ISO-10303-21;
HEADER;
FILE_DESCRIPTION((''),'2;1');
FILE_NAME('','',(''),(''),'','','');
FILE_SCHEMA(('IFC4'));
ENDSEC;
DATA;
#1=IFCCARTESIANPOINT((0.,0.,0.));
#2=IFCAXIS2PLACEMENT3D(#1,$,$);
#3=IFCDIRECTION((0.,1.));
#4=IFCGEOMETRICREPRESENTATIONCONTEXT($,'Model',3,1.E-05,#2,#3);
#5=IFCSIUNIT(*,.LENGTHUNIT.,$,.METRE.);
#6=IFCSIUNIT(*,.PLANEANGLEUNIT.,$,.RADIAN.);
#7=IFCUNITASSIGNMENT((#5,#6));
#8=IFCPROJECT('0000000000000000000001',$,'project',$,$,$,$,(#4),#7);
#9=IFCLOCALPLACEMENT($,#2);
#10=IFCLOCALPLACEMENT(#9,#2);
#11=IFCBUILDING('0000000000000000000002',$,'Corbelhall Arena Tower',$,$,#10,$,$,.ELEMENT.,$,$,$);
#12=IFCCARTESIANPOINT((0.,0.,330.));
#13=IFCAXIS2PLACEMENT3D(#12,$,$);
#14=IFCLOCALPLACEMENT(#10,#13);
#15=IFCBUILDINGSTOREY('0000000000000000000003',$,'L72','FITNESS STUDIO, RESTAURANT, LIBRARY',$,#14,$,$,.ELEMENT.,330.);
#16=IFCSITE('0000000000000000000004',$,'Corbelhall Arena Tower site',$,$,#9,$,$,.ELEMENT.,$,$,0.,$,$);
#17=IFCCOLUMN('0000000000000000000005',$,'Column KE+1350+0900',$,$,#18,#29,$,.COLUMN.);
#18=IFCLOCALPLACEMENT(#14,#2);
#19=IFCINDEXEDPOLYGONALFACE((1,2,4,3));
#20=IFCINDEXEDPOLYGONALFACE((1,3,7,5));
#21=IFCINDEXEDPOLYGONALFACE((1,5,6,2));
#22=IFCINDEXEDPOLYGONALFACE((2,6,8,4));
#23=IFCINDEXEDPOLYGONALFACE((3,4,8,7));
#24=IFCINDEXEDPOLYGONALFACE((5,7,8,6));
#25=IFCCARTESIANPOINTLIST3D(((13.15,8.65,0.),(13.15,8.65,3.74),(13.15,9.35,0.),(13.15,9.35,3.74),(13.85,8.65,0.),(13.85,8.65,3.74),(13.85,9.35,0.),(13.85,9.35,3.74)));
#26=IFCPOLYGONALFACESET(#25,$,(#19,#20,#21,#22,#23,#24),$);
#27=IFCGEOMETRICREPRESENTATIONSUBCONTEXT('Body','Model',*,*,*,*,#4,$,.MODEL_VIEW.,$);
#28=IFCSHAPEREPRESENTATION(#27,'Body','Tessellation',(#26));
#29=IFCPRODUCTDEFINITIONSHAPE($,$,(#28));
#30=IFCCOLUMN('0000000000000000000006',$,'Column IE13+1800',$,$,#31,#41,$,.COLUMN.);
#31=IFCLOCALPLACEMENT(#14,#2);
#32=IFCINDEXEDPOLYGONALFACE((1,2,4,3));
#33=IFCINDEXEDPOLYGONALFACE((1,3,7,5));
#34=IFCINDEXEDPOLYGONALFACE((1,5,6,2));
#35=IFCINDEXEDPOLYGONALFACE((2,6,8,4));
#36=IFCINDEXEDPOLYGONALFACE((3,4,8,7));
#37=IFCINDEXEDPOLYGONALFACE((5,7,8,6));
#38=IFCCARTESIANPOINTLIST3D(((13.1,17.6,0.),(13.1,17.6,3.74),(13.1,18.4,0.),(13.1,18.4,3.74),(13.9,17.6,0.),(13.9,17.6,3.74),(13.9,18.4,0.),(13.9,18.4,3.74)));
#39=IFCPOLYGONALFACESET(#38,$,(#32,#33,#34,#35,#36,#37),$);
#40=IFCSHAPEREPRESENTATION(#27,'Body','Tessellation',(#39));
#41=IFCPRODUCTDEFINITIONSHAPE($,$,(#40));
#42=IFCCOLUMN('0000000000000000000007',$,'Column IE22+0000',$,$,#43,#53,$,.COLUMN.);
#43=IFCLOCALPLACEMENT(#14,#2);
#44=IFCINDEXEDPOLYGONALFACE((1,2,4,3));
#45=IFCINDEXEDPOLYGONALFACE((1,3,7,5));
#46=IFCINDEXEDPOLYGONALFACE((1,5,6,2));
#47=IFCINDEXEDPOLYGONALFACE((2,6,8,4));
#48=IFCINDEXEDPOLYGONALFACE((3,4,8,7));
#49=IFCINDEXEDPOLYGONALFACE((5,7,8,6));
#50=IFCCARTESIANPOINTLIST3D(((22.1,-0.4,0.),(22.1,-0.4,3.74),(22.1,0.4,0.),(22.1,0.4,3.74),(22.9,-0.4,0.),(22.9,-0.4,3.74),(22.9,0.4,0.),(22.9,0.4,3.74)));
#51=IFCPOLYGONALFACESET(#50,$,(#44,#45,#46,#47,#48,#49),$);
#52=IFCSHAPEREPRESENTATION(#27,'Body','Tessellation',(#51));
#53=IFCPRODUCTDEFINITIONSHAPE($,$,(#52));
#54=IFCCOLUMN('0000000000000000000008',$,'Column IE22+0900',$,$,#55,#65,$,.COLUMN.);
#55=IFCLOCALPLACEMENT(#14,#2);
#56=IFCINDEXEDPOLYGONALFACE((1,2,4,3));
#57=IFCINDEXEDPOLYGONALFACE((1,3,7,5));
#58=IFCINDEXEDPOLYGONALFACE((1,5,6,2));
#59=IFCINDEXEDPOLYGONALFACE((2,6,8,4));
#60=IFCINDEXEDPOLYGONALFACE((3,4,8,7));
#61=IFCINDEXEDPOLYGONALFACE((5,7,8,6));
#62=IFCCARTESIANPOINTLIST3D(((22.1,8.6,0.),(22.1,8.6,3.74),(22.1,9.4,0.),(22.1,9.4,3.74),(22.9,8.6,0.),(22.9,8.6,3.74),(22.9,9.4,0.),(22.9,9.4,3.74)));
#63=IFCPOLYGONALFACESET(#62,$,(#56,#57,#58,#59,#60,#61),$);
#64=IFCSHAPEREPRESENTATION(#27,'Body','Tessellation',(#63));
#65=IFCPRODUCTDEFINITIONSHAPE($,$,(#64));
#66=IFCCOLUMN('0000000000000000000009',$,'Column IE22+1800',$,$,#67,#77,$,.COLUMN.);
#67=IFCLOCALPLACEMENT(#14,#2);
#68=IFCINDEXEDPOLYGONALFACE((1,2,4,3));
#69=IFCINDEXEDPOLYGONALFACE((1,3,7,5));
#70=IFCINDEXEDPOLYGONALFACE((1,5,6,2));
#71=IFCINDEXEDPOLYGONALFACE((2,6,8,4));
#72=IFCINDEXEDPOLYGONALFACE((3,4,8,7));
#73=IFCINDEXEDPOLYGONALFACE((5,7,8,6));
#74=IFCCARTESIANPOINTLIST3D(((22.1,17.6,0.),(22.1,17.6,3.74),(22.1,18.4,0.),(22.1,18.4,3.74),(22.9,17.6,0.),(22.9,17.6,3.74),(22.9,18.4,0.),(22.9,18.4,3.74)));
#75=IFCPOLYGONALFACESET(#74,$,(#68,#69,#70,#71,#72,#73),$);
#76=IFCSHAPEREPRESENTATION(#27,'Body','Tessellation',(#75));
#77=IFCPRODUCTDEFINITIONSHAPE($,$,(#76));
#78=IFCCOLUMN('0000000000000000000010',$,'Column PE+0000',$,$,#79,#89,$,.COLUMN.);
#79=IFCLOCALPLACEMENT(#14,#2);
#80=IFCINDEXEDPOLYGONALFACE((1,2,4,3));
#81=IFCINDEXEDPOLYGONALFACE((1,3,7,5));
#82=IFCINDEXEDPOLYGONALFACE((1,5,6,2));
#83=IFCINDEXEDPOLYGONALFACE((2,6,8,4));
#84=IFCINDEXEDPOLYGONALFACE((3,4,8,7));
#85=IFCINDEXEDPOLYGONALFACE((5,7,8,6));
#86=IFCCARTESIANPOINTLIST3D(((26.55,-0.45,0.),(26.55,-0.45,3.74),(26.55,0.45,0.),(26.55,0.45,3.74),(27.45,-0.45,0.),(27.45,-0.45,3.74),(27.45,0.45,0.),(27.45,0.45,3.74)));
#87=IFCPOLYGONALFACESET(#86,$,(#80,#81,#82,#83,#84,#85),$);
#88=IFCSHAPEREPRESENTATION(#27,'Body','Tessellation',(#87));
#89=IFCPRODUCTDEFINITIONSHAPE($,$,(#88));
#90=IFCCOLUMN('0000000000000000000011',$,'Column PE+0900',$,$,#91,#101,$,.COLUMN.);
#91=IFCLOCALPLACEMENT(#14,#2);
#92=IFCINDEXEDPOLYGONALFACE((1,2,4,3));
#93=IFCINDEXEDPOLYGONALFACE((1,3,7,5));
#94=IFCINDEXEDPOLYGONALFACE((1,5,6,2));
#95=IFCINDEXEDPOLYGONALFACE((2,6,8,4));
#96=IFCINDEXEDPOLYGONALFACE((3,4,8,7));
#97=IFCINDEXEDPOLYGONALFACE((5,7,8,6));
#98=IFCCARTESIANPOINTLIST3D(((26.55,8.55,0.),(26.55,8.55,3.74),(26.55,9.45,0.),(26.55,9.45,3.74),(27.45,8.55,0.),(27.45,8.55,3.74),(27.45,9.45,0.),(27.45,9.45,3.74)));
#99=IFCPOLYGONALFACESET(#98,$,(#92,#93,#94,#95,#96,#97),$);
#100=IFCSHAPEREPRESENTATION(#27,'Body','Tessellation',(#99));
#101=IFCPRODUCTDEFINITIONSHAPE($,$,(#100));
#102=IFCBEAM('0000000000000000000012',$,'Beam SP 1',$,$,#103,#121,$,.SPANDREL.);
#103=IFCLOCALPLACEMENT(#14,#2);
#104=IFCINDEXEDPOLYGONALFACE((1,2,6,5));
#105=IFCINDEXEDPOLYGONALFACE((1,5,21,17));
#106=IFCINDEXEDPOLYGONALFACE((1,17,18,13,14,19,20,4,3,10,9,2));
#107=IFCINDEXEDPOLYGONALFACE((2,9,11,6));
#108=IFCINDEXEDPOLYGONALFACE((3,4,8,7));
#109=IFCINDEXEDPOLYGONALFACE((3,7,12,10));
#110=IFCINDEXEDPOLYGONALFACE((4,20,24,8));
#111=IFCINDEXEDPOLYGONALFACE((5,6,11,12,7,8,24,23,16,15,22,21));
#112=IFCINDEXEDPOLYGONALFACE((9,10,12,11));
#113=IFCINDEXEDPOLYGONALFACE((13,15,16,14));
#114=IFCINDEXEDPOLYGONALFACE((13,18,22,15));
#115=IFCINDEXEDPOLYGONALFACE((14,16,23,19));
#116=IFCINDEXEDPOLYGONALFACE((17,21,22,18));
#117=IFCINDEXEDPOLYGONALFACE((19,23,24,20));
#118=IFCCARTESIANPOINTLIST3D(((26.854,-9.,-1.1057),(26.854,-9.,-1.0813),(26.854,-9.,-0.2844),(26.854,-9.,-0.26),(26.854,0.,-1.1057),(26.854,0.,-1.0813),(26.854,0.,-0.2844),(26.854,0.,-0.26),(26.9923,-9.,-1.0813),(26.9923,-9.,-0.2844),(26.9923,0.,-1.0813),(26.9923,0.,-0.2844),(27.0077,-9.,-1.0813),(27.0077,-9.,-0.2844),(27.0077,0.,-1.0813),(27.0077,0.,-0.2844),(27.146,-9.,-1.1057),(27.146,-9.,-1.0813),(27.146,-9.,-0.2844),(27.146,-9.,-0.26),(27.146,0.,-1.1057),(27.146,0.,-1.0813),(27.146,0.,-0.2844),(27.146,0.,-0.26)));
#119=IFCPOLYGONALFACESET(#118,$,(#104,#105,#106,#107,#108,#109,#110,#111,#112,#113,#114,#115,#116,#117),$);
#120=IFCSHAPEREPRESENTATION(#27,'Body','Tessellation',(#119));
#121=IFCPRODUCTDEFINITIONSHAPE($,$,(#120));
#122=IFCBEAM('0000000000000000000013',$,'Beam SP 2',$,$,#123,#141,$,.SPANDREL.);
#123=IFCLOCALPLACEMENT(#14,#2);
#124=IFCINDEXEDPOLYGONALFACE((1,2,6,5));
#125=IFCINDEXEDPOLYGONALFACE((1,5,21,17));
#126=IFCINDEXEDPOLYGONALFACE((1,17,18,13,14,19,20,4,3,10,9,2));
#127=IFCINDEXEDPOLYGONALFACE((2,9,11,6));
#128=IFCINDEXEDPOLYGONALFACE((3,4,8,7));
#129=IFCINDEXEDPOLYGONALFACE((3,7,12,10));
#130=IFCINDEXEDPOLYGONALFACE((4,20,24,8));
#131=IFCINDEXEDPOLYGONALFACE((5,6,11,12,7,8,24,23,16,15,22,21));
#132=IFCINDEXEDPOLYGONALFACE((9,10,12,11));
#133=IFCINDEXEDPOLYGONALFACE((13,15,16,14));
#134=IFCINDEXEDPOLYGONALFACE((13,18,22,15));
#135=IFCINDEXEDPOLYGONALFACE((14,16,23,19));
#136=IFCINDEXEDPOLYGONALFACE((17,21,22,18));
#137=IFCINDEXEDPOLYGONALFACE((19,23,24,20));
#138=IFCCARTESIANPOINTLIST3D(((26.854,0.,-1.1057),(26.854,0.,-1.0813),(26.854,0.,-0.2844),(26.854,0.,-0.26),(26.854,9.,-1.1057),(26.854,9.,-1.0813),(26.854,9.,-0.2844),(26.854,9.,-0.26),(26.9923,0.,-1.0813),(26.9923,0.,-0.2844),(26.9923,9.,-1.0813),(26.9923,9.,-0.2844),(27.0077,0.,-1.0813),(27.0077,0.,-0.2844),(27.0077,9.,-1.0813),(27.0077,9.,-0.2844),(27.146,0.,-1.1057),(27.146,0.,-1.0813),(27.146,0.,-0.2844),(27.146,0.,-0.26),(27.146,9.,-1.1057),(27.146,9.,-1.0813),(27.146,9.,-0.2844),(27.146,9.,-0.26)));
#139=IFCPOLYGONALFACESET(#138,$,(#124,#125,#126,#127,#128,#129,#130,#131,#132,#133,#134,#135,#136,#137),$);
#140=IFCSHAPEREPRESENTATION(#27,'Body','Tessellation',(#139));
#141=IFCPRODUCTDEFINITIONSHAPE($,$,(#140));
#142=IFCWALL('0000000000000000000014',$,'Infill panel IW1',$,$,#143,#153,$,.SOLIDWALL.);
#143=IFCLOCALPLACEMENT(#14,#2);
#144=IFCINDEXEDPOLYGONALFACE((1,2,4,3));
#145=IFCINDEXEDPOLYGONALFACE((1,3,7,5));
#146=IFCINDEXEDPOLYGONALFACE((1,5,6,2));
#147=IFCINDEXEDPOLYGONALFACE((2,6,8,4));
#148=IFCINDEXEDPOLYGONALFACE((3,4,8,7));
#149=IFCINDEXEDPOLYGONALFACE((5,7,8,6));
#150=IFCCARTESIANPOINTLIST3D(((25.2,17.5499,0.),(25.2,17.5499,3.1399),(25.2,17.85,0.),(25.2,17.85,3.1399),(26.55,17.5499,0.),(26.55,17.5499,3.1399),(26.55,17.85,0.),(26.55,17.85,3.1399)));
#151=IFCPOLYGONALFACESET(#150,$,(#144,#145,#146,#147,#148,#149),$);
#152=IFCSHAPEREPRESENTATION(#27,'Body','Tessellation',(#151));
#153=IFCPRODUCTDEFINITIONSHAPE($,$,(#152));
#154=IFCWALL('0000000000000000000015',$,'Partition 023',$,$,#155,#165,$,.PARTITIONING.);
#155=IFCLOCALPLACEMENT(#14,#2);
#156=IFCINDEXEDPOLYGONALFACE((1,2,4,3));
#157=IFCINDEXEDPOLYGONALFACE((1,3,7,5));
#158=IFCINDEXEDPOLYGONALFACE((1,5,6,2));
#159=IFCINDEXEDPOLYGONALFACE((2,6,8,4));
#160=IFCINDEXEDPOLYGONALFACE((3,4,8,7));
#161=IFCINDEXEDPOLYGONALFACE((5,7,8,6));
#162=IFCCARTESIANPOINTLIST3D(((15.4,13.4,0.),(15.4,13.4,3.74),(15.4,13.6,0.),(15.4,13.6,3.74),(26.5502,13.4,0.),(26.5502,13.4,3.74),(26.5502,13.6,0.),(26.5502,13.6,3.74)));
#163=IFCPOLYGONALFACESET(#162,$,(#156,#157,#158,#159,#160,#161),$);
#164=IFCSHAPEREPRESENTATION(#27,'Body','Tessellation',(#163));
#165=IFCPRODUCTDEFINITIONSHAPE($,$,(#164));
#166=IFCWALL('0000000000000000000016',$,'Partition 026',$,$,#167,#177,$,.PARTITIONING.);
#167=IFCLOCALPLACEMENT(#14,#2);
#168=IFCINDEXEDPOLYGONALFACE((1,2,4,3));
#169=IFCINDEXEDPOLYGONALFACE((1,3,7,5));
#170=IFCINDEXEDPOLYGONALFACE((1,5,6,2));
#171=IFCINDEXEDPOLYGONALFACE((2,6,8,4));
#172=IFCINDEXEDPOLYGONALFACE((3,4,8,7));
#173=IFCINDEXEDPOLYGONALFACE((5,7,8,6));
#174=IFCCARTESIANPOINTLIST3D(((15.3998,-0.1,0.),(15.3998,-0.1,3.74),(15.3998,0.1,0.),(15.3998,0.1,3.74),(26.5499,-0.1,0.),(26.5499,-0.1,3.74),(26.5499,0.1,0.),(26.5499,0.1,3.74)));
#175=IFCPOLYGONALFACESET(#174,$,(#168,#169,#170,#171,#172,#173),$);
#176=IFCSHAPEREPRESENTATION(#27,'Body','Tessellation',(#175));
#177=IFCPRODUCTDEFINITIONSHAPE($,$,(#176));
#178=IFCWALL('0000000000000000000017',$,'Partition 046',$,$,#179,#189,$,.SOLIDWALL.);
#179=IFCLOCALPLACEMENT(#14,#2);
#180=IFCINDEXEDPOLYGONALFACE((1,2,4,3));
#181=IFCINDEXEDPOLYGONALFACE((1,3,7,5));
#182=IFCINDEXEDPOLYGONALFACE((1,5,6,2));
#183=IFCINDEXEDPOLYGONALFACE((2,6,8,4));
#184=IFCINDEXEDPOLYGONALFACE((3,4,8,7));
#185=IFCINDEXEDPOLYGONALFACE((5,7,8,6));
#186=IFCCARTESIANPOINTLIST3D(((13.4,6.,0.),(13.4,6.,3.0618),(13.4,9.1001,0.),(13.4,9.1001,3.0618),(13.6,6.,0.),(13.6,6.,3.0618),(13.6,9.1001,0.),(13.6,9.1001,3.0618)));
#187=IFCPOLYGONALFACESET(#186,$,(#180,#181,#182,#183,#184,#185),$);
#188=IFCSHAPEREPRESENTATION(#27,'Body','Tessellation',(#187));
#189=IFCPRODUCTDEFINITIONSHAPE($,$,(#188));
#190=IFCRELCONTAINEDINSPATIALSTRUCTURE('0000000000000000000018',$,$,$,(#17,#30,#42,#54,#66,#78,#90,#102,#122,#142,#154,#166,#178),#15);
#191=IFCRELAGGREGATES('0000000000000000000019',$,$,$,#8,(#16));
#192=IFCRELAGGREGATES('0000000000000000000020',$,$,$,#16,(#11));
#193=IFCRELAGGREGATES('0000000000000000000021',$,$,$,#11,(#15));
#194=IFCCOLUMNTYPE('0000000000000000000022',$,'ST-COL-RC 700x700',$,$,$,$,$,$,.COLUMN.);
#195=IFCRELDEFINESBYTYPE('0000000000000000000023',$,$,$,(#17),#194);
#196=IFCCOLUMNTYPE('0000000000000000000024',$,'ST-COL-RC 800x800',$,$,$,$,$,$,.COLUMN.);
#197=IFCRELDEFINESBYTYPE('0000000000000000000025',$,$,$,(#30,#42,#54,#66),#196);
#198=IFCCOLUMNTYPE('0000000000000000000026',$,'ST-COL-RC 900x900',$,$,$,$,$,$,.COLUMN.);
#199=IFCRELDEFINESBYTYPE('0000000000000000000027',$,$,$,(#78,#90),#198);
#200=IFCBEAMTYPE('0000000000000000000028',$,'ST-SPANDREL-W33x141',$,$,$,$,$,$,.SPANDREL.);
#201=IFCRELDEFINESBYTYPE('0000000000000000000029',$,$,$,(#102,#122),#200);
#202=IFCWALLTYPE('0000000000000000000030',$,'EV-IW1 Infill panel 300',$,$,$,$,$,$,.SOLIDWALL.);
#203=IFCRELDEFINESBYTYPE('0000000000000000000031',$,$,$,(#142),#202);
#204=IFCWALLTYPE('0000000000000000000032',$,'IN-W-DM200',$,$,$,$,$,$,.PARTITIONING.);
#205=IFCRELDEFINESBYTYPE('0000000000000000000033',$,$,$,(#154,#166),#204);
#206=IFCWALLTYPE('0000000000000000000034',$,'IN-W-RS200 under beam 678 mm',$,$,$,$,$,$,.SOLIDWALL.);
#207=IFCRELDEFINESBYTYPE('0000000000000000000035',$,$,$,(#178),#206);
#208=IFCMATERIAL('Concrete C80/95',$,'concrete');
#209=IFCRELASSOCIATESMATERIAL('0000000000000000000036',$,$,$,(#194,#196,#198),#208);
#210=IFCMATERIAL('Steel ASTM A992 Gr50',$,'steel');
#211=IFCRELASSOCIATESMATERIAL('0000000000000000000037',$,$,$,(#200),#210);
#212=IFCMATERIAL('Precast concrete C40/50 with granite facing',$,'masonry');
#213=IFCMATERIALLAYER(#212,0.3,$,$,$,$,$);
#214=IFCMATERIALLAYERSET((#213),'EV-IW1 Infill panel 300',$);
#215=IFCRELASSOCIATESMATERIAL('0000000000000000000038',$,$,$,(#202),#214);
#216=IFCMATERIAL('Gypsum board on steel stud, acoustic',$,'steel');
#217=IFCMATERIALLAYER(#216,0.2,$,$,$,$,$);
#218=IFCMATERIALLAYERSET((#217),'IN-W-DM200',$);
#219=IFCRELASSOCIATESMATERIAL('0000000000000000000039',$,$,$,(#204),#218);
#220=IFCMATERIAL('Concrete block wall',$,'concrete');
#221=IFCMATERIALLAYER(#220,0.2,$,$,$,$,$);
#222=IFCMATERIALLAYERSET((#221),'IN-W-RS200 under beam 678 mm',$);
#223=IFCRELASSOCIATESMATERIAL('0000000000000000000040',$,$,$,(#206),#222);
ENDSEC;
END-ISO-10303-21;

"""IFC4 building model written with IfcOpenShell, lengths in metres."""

from ifc_helpers import new_model, si_unit, direction, frame, frame_2d, origin, origin_2d, place, context, subcontext, project, spatial, rectangle, i_section, extrude, material, layer, layer_set, material_profile, profile_set, type_object, element, save


model = new_model("IFC4")

# Units and contexts
model_context = context("Model", 3, precision=1e-05, world=origin(), true_north=direction((0.0, 1.0)))
body_context = subcontext(model_context, "Body", "Model", "MODEL_VIEW")
ifc_project = project(units=[si_unit("LENGTHUNIT", "METRE"), si_unit("PLANEANGLEUNIT", "RADIAN")], contexts=[model_context])

# Site, building, storey
site_placement = place(None, origin())
site = spatial("IfcSite", under=ifc_project, at=site_placement, Name="Corbelhall Arena Tower site", CompositionType="ELEMENT", RefElevation=0.0)
building_placement = place(site_placement, origin())
building = spatial("IfcBuilding", under=site, at=building_placement, Name="Corbelhall Arena Tower", CompositionType="ELEMENT")
storey_placement = place(building_placement, frame((0.0, 0.0, 330.0)))
storey = spatial("IfcBuildingStorey", under=building, at=storey_placement, Name="L72", Description="FITNESS STUDIO, RESTAURANT, LIBRARY", CompositionType="ELEMENT", Elevation=330.0)

# Columns
ifc_material_1 = material(Name="Concrete C80/95", Category="concrete")
ifc_material_profile_1 = material_profile(ifc_material_1, rectangle(XDim=0.7, YDim=0.7, at=origin_2d()))
ifc_profile_set_1 = profile_set([ifc_material_profile_1], Name="Concrete C80/95")
column_type_1 = type_object("IfcColumnType", Name="ST-COL-RC 700x700", PredefinedType="COLUMN", material=ifc_profile_set_1)
column_placement = place(storey_placement, frame((13.5, 9.0, 0.0), z_axis=(0.0, 0.0, 1.0), x_axis=(1.0, 0.0, 0.0)))
element("IfcColumn", 1, at=column_placement, inside=storey, type_object=column_type_1, Name="Column KE+1350+0900", PredefinedType="COLUMN", context=body_context, shape_type="SweptSolid", body=[
    extrude(rectangle(XDim=0.7, YDim=0.7, at=origin_2d()), origin(), (0.0, 0.0, 1.0), 3.74),
])
ifc_material_profile_2 = material_profile(ifc_material_1, rectangle(XDim=0.8, YDim=0.8, at=origin_2d()))
ifc_profile_set_2 = profile_set([ifc_material_profile_2], Name="Concrete C80/95")
column_type_2 = type_object("IfcColumnType", Name="ST-COL-RC 800x800", PredefinedType="COLUMN", material=ifc_profile_set_2)
for number, where, z_axis, x_axis, name in (
    (2, (13.5, 18.0, 0.0), (0.0, 0.0, 1.0), (1.0, 0.0, 0.0), "Column IE13+1800"),
    (3, (22.5, 0.0, 0.0), (0.0, 0.0, 1.0), (1.0, 0.0, 0.0), "Column IE22+0000"),
    (4, (22.5, 9.0, 0.0), (0.0, 0.0, 1.0), (1.0, 0.0, 0.0), "Column IE22+0900"),
    (5, (22.5, 18.0, 0.0), (0.0, 0.0, 1.0), (1.0, 0.0, 0.0), "Column IE22+1800"),
):
    element("IfcColumn", number, at=place(storey_placement, frame(where, z_axis=z_axis, x_axis=x_axis)), inside=storey, type_object=column_type_2, Name=name, PredefinedType="COLUMN", context=body_context, shape_type="SweptSolid", body=[
        extrude(rectangle(XDim=0.8, YDim=0.8, at=origin_2d()), origin(), (0.0, 0.0, 1.0), 3.74),
    ])
ifc_material_profile_3 = material_profile(ifc_material_1, rectangle(XDim=0.8999, YDim=0.8999, at=origin_2d()))
ifc_profile_set_3 = profile_set([ifc_material_profile_3], Name="Concrete C80/95")
column_type_3 = type_object("IfcColumnType", Name="ST-COL-RC 900x900", PredefinedType="COLUMN", material=ifc_profile_set_3)
for number, where, z_axis, x_axis, name in (
    (6, (27.0, 0.0, 0.0), (0.0, 0.0, 1.0), (0.0, 1.0, 0.0), "Column PE+0000"),
    (7, (27.0, 9.0, 0.0), (0.0, 0.0, 1.0), (0.0, 1.0, 0.0), "Column PE+0900"),
):
    element("IfcColumn", number, at=place(storey_placement, frame(where, z_axis=z_axis, x_axis=x_axis)), inside=storey, type_object=column_type_3, Name=name, PredefinedType="COLUMN", context=body_context, shape_type="SweptSolid", body=[
        extrude(rectangle(XDim=0.8999, YDim=0.8999, at=origin_2d()), origin(), (0.0, 0.0, 1.0), 3.74),
    ])

# Beams
ifc_material_2 = material(Name="Steel ASTM A992 Gr50", Category="steel")
ifc_material_profile_4 = material_profile(ifc_material_2, i_section(OverallWidth=0.292, OverallDepth=0.8457, WebThickness=0.0154, FlangeThickness=0.0244, at=origin_2d()))
ifc_profile_set_4 = profile_set([ifc_material_profile_4], Name="Steel ASTM A992 Gr50")
beam_type = type_object("IfcBeamType", Name="ST-SPANDREL-W33x141", PredefinedType="SPANDREL", material=ifc_profile_set_4)
for number, where, z_axis, x_axis, name in (
    (8, (27.0, 0.0, -0.6829), (0.0, -1.0, 0.0), (1.0, 0.0, 0.0), "Beam SP 1"),
    (9, (27.0, 9.0, -0.6829), (0.0, -1.0, 0.0), (1.0, 0.0, 0.0), "Beam SP 2"),
):
    element("IfcBeam", number, at=place(storey_placement, frame(where, z_axis=z_axis, x_axis=x_axis)), inside=storey, type_object=beam_type, Name=name, PredefinedType="SPANDREL", context=body_context, shape_type="SweptSolid", body=[
        extrude(i_section(OverallWidth=0.292, OverallDepth=0.8457, WebThickness=0.0154, FlangeThickness=0.0244, at=origin_2d()), origin(), (0.0, 0.0, 1.0), 9.0),
    ])

# Shared definitions
ifc_material_3 = material(Name="Precast concrete C40/50 with granite facing", Category="masonry")
ifc_layer_1 = layer(ifc_material_3, 0.3)
ifc_layer_set_1 = layer_set([ifc_layer_1], Name="EV-IW1 Infill panel 300")
wall_type_1 = type_object("IfcWallType", Name="EV-IW1 Infill panel 300", PredefinedType="SOLIDWALL", material=ifc_layer_set_1)

# Wall
wall_1_placement = place(storey_placement, frame((26.55, 17.7, 0.0), z_axis=(0.0, 0.0, 1.0), x_axis=(-1.0, 0.0, 0.0)))
element("IfcWall", 10, at=wall_1_placement, inside=storey, type_object=wall_type_1, Name="Infill panel IW1", PredefinedType="SOLIDWALL", context=body_context, shape_type="SweptSolid", body=[
    extrude(rectangle(XDim=1.3501, YDim=0.3, at=frame_2d((0.675, 0.0))), origin(), (0.0, 0.0, 1.0), 3.1399),
])

# Shared definitions
ifc_material_4 = material(Name="Gypsum board on steel stud, acoustic", Category="steel")
ifc_layer_2 = layer(ifc_material_4, 0.2)
ifc_layer_set_2 = layer_set([ifc_layer_2], Name="IN-W-DM200")
wall_type_2 = type_object("IfcWallType", Name="IN-W-DM200", PredefinedType="PARTITIONING", material=ifc_layer_set_2)

# Wall
wall_2_placement = place(storey_placement, frame((15.3999, 13.5, 0.0), z_axis=(0.0, 0.0, 1.0), x_axis=(1.0, 0.0, 0.0)))
element("IfcWall", 11, at=wall_2_placement, inside=storey, type_object=wall_type_2, Name="Partition 023", PredefinedType="PARTITIONING", context=body_context, shape_type="SweptSolid", body=[
    extrude(rectangle(XDim=11.1501, YDim=0.2, at=frame_2d((5.5752, 0.0))), origin(), (0.0, 0.0, 1.0), 3.74),
])

# Walls
wall_3_placement = place(storey_placement, frame((26.55, 0.0, 0.0), z_axis=(0.0, 0.0, 1.0), x_axis=(-1.0, 0.0, 0.0)))
element("IfcWall", 12, at=wall_3_placement, inside=storey, type_object=wall_type_2, Name="Partition 026", PredefinedType="PARTITIONING", context=body_context, shape_type="SweptSolid", body=[
    extrude(rectangle(XDim=11.1501, YDim=0.2, at=frame_2d((5.5752, 0.0))), origin(), (0.0, 0.0, 1.0), 3.74),
])
ifc_material_5 = material(Name="Concrete block wall", Category="concrete")
ifc_layer_3 = layer(ifc_material_5, 0.2)
ifc_layer_set_3 = layer_set([ifc_layer_3], Name="IN-W-RS200 under beam 678 mm")
wall_type_3 = type_object("IfcWallType", Name="IN-W-RS200 under beam 678 mm", PredefinedType="SOLIDWALL", material=ifc_layer_set_3)
wall_4_placement = place(storey_placement, frame((13.5, 9.1001, 0.0), z_axis=(0.0, 0.0, 1.0), x_axis=(0.0, -1.0, 0.0)))
element("IfcWall", 13, at=wall_4_placement, inside=storey, type_object=wall_type_3, Name="Partition 046", PredefinedType="SOLIDWALL", context=body_context, shape_type="SweptSolid", body=[
    extrude(rectangle(XDim=3.1001, YDim=0.2, at=frame_2d((1.55, 0.0))), origin(), (0.0, 0.0, 1.0), 3.0618),
])

save(model, "model.ifc")
